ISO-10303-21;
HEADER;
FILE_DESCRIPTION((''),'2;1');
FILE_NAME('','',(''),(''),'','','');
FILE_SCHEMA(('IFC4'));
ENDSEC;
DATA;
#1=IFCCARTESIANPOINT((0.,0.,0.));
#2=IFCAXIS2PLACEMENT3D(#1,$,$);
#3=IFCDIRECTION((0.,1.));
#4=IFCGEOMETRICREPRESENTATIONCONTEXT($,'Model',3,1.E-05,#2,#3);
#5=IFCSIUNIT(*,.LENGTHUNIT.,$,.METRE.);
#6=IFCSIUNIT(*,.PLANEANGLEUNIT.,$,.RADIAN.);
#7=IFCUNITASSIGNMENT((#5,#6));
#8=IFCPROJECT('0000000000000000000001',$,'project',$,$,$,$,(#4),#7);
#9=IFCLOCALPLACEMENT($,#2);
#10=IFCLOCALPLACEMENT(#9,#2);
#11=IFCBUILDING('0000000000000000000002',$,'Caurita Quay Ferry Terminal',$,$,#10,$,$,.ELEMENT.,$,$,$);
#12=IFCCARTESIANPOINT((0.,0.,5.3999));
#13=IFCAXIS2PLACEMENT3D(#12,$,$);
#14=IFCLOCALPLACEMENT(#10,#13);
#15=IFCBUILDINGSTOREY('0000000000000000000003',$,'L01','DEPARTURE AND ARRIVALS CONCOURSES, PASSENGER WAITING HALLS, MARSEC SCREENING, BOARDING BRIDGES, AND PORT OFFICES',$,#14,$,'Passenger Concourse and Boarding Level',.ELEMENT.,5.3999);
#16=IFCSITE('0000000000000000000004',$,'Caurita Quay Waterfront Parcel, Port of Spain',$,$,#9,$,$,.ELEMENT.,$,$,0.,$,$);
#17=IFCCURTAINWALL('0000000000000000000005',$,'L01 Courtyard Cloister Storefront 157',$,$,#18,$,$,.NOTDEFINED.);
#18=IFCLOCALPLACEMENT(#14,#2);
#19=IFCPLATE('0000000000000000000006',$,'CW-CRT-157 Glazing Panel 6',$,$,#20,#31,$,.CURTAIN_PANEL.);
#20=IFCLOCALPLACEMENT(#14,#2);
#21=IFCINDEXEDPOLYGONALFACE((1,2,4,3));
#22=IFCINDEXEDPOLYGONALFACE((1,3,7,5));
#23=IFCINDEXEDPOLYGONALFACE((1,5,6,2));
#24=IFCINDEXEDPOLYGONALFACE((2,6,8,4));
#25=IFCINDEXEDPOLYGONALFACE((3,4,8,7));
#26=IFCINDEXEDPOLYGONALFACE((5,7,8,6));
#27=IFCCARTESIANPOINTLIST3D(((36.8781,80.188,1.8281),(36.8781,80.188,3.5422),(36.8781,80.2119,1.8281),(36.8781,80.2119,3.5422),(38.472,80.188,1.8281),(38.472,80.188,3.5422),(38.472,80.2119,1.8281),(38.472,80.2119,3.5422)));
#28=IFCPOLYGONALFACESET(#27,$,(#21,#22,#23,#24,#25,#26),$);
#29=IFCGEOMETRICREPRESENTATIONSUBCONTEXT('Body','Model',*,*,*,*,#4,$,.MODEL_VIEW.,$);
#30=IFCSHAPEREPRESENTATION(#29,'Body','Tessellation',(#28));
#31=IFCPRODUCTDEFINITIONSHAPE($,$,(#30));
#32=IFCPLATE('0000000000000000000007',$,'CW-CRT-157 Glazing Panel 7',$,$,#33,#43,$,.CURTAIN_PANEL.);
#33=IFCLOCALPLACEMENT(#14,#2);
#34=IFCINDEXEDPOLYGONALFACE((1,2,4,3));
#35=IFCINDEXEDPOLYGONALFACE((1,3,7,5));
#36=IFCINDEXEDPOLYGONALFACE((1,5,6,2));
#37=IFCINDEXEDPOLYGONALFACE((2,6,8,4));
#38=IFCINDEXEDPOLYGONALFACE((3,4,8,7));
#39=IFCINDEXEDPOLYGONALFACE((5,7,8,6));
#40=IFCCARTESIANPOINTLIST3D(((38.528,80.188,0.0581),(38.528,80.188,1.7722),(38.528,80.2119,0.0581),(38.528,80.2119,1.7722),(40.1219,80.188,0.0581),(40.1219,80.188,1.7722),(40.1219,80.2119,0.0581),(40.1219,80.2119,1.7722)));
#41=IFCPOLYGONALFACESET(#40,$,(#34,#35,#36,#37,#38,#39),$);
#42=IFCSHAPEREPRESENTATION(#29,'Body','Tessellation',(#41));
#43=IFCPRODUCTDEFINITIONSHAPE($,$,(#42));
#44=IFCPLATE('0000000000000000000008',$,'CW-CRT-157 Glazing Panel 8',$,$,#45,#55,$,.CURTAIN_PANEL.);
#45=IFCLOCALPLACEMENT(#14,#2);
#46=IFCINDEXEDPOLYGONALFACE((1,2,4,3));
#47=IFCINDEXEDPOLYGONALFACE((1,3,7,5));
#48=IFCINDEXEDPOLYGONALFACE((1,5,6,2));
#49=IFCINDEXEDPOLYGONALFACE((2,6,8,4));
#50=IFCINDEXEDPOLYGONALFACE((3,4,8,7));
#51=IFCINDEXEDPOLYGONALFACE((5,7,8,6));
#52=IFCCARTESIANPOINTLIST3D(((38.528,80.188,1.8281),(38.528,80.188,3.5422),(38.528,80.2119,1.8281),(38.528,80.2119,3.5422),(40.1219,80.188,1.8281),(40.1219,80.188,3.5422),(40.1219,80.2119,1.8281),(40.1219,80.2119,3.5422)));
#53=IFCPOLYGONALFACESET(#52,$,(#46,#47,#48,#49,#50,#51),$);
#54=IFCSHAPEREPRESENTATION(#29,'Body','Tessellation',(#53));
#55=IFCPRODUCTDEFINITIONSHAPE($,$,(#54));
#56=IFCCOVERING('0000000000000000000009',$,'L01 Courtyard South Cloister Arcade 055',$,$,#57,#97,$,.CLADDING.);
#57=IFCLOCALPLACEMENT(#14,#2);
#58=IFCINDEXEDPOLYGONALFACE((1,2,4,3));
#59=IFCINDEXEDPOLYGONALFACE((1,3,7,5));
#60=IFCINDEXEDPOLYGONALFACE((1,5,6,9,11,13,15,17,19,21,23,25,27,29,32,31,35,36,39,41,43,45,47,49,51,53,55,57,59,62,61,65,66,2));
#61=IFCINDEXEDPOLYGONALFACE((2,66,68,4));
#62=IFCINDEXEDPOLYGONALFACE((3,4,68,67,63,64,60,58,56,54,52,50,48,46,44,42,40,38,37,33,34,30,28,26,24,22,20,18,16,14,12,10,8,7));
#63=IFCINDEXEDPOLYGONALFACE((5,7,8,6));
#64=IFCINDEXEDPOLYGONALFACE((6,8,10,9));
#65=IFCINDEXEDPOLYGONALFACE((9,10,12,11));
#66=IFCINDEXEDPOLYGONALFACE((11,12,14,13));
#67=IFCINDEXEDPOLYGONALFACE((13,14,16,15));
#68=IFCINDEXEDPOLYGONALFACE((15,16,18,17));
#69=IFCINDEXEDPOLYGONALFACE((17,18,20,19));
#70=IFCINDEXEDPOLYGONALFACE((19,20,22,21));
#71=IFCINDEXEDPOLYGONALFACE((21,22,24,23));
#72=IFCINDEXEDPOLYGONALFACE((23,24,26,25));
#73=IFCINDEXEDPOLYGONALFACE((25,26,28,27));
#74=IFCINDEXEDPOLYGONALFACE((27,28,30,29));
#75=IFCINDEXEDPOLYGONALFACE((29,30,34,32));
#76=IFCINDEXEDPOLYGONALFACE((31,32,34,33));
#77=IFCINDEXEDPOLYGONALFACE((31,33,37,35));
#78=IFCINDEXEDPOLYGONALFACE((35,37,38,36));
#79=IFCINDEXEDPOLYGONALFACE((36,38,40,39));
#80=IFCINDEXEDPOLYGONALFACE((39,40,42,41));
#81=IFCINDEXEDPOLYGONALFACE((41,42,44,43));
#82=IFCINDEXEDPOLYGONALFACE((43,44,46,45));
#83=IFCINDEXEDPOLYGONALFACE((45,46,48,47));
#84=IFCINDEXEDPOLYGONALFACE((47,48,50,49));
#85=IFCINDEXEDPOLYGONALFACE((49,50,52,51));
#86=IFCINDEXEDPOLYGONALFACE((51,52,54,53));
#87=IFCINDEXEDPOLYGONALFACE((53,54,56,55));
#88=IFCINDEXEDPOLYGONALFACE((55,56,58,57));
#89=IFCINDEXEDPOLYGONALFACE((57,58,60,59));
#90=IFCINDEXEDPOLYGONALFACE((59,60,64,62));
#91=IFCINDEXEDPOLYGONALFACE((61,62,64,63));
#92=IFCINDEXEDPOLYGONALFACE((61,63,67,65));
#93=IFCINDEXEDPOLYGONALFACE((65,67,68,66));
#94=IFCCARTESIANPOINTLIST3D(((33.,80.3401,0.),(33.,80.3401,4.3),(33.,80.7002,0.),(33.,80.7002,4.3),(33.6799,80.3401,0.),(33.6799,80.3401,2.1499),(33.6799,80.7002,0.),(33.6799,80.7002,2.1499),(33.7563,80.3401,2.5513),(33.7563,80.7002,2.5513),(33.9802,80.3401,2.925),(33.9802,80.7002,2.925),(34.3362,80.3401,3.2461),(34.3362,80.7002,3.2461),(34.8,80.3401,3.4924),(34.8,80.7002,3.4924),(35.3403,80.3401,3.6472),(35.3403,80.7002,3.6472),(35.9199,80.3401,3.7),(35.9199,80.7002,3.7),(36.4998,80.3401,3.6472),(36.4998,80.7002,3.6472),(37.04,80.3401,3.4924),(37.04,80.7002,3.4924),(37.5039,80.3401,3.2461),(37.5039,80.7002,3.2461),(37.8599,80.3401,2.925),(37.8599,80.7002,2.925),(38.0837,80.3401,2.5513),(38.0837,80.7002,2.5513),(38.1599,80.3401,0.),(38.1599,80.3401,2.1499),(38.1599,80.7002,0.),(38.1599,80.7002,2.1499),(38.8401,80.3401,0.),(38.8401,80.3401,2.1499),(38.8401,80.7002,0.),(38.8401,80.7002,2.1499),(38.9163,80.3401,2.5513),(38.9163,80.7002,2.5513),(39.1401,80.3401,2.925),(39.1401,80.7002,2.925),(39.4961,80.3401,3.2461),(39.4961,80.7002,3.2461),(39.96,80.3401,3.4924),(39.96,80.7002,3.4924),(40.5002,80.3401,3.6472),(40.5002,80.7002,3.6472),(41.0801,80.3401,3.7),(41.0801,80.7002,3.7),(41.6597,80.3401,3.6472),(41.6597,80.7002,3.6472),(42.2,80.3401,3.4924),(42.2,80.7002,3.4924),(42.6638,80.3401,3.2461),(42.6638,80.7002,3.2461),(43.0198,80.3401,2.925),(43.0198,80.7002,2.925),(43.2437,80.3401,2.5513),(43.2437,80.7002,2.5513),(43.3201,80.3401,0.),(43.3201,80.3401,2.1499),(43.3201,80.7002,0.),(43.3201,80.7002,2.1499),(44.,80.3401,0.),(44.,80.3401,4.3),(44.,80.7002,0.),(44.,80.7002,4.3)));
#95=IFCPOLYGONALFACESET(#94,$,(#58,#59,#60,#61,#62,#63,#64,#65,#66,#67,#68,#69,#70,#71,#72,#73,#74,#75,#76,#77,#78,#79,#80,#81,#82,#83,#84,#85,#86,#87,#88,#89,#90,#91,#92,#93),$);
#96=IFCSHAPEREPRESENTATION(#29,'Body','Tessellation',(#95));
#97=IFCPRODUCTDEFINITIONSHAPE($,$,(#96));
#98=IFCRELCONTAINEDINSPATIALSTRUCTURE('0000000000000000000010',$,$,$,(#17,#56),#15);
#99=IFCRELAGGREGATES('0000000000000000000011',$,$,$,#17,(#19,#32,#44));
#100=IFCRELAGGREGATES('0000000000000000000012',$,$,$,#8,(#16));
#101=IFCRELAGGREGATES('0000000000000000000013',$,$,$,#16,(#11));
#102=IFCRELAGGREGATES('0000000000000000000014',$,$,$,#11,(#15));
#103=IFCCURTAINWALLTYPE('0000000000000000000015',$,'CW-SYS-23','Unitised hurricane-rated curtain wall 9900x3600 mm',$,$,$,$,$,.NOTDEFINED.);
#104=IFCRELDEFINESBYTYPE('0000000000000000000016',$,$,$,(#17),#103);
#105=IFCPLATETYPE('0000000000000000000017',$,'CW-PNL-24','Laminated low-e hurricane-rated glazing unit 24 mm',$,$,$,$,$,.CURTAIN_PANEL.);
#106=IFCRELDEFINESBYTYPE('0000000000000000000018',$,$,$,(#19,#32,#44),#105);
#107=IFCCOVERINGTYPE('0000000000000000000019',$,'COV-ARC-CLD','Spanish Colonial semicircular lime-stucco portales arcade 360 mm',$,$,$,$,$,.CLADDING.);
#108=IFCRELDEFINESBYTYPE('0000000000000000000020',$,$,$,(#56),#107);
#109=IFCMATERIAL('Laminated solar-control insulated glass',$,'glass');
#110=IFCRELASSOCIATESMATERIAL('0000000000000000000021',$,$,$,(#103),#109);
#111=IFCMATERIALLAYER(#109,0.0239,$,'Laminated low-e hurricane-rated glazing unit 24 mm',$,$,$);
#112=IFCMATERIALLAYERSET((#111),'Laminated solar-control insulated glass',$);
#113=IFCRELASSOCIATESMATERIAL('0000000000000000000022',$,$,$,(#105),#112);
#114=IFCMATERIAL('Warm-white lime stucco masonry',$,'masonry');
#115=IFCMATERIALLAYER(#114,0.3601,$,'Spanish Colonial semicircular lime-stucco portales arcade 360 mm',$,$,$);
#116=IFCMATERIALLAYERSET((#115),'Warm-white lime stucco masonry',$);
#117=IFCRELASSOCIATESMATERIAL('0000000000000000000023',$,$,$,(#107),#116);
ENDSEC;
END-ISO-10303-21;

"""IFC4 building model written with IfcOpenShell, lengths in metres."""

from ifc_helpers import new_model, si_unit, direction, frame, origin, origin_2d, place, context, subcontext, project, spatial, polyline, rectangle, outline, extrude, material, layer, layer_set, type_object, element, aggregate, save


model = new_model("IFC4")

# Units and contexts
model_context = context("Model", 3, precision=1e-05, world=origin(), true_north=direction((0.0, 1.0)))
body_context = subcontext(model_context, "Body", "Model", "MODEL_VIEW")
ifc_project = project(units=[si_unit("LENGTHUNIT", "METRE"), si_unit("PLANEANGLEUNIT", "RADIAN")], contexts=[model_context])

# Site, building, storey
site_placement = place(None, origin())
site = spatial("IfcSite", under=ifc_project, at=site_placement, Name="Caurita Quay Waterfront Parcel, Port of Spain", CompositionType="ELEMENT", RefElevation=0.0)
building_placement = place(site_placement, origin())
building = spatial("IfcBuilding", under=site, at=building_placement, Name="Caurita Quay Ferry Terminal", CompositionType="ELEMENT")
storey_placement = place(building_placement, frame((0.0, 0.0, 5.3999)))
storey = spatial("IfcBuildingStorey", under=building, at=storey_placement, Name="L01", Description="DEPARTURE AND ARRIVALS CONCOURSES, PASSENGER WAITING HALLS, MARSEC SCREENING, BOARDING BRIDGES, AND PORT OFFICES", LongName="Passenger Concourse and Boarding Level", CompositionType="ELEMENT", Elevation=5.3999)

# Curtain wall, plates
ifc_material_1 = material(Name="Laminated solar-control insulated glass", Category="glass")
curtain_wall_type = type_object("IfcCurtainWallType", Name="CW-SYS-23", Description="Unitised hurricane-rated curtain wall 9900x3600 mm", PredefinedType="NOTDEFINED", material=ifc_material_1)
curtain_wall_placement = place(storey_placement, origin())
curtain_wall = element("IfcCurtainWall", 1, at=curtain_wall_placement, inside=storey, type_object=curtain_wall_type, Name="L01 Courtyard Cloister Storefront 157", PredefinedType="NOTDEFINED")
ifc_layer_1 = layer(ifc_material_1, 0.0239, Name="Laminated low-e hurricane-rated glazing unit 24 mm")
ifc_layer_set_1 = layer_set([ifc_layer_1], Name="Laminated solar-control insulated glass")
plate_type = type_object("IfcPlateType", Name="CW-PNL-24", Description="Laminated low-e hurricane-rated glazing unit 24 mm", PredefinedType="CURTAIN_PANEL", material=ifc_layer_set_1)
plate_1_placement = place(storey_placement, frame((37.675, 80.2, 1.8281), z_axis=(0.0, 0.0, 1.0), x_axis=(1.0, 0.0, 0.0)))
plate_1 = element("IfcPlate", 2, at=plate_1_placement, type_object=plate_type, Name="CW-CRT-157 Glazing Panel 6", PredefinedType="CURTAIN_PANEL", context=body_context, shape_type="SweptSolid", body=[
    extrude(rectangle(XDim=1.594, YDim=0.0239, at=origin_2d()), origin(), (0.0, 0.0, 1.0), 1.7141),
])
plate_2_placement = place(storey_placement, frame((39.325, 80.2, 0.0581), z_axis=(0.0, 0.0, 1.0), x_axis=(1.0, 0.0, 0.0)))
plate_2 = element("IfcPlate", 3, at=plate_2_placement, type_object=plate_type, Name="CW-CRT-157 Glazing Panel 7", PredefinedType="CURTAIN_PANEL", context=body_context, shape_type="SweptSolid", body=[
    extrude(rectangle(XDim=1.594, YDim=0.0239, at=origin_2d()), origin(), (0.0, 0.0, 1.0), 1.7141),
])
plate_3_placement = place(storey_placement, frame((39.325, 80.2, 1.8281), z_axis=(0.0, 0.0, 1.0), x_axis=(1.0, 0.0, 0.0)))
plate_3 = element("IfcPlate", 4, at=plate_3_placement, type_object=plate_type, Name="CW-CRT-157 Glazing Panel 8", PredefinedType="CURTAIN_PANEL", context=body_context, shape_type="SweptSolid", body=[
    extrude(rectangle(XDim=1.594, YDim=0.0239, at=origin_2d()), origin(), (0.0, 0.0, 1.0), 1.7141),
])
aggregate(curtain_wall, [plate_1, plate_2, plate_3])

# Covering
ifc_material_2 = material(Name="Warm-white lime stucco masonry", Category="masonry")
ifc_layer_2 = layer(ifc_material_2, 0.3601, Name="Spanish Colonial semicircular lime-stucco portales arcade 360 mm")
ifc_layer_set_2 = layer_set([ifc_layer_2], Name="Warm-white lime stucco masonry")
covering_type = type_object("IfcCoveringType", Name="COV-ARC-CLD", Description="Spanish Colonial semicircular lime-stucco portales arcade 360 mm", PredefinedType="CLADDING", material=ifc_layer_set_2)
covering_placement = place(storey_placement, frame((33.0, 80.52, 0.0), z_axis=(0.0, 0.0, 1.0), x_axis=(1.0, 0.0, 0.0)))
element("IfcCovering", 5, at=covering_placement, inside=storey, type_object=covering_type, Name="L01 Courtyard South Cloister Arcade 055", PredefinedType="CLADDING", context=body_context, shape_type="SweptSolid", body=[
    extrude(outline(polyline([(0.0, 0.0), (0.6799, 0.0), (0.6799, 2.1499), (0.7563, 2.5513), (0.9802, 2.925), (1.3362, 3.2461), (1.8, 3.4924), (2.3403, 3.6472), (2.9199, 3.7), (3.4998, 3.6472), (4.04, 3.4924), (4.5039, 3.2461), (4.8599, 2.925), (5.0837, 2.5513), (5.1599, 2.1499), (5.1599, 0.0), (5.8401, 0.0), (5.8401, 2.1499), (5.9163, 2.5513), (6.1401, 2.925), (6.4961, 3.2461), (6.96, 3.4924), (7.5002, 3.6472), (8.0801, 3.7), (8.6597, 3.6472), (9.2, 3.4924), (9.6638, 3.2461), (10.0198, 2.925), (10.2437, 2.5513), (10.3201, 2.1499), (10.3201, 0.0), (11.0, 0.0), (11.0, 4.3), (0.0, 4.3), (0.0, 0.0)])), frame((0.0, 0.1802, 0.0), z_axis=(0.0, -1.0, 0.0), x_axis=(1.0, 0.0, 0.0)), (0.0, 0.0, 1.0), 0.3601),
])

save(model, "model.ifc")
